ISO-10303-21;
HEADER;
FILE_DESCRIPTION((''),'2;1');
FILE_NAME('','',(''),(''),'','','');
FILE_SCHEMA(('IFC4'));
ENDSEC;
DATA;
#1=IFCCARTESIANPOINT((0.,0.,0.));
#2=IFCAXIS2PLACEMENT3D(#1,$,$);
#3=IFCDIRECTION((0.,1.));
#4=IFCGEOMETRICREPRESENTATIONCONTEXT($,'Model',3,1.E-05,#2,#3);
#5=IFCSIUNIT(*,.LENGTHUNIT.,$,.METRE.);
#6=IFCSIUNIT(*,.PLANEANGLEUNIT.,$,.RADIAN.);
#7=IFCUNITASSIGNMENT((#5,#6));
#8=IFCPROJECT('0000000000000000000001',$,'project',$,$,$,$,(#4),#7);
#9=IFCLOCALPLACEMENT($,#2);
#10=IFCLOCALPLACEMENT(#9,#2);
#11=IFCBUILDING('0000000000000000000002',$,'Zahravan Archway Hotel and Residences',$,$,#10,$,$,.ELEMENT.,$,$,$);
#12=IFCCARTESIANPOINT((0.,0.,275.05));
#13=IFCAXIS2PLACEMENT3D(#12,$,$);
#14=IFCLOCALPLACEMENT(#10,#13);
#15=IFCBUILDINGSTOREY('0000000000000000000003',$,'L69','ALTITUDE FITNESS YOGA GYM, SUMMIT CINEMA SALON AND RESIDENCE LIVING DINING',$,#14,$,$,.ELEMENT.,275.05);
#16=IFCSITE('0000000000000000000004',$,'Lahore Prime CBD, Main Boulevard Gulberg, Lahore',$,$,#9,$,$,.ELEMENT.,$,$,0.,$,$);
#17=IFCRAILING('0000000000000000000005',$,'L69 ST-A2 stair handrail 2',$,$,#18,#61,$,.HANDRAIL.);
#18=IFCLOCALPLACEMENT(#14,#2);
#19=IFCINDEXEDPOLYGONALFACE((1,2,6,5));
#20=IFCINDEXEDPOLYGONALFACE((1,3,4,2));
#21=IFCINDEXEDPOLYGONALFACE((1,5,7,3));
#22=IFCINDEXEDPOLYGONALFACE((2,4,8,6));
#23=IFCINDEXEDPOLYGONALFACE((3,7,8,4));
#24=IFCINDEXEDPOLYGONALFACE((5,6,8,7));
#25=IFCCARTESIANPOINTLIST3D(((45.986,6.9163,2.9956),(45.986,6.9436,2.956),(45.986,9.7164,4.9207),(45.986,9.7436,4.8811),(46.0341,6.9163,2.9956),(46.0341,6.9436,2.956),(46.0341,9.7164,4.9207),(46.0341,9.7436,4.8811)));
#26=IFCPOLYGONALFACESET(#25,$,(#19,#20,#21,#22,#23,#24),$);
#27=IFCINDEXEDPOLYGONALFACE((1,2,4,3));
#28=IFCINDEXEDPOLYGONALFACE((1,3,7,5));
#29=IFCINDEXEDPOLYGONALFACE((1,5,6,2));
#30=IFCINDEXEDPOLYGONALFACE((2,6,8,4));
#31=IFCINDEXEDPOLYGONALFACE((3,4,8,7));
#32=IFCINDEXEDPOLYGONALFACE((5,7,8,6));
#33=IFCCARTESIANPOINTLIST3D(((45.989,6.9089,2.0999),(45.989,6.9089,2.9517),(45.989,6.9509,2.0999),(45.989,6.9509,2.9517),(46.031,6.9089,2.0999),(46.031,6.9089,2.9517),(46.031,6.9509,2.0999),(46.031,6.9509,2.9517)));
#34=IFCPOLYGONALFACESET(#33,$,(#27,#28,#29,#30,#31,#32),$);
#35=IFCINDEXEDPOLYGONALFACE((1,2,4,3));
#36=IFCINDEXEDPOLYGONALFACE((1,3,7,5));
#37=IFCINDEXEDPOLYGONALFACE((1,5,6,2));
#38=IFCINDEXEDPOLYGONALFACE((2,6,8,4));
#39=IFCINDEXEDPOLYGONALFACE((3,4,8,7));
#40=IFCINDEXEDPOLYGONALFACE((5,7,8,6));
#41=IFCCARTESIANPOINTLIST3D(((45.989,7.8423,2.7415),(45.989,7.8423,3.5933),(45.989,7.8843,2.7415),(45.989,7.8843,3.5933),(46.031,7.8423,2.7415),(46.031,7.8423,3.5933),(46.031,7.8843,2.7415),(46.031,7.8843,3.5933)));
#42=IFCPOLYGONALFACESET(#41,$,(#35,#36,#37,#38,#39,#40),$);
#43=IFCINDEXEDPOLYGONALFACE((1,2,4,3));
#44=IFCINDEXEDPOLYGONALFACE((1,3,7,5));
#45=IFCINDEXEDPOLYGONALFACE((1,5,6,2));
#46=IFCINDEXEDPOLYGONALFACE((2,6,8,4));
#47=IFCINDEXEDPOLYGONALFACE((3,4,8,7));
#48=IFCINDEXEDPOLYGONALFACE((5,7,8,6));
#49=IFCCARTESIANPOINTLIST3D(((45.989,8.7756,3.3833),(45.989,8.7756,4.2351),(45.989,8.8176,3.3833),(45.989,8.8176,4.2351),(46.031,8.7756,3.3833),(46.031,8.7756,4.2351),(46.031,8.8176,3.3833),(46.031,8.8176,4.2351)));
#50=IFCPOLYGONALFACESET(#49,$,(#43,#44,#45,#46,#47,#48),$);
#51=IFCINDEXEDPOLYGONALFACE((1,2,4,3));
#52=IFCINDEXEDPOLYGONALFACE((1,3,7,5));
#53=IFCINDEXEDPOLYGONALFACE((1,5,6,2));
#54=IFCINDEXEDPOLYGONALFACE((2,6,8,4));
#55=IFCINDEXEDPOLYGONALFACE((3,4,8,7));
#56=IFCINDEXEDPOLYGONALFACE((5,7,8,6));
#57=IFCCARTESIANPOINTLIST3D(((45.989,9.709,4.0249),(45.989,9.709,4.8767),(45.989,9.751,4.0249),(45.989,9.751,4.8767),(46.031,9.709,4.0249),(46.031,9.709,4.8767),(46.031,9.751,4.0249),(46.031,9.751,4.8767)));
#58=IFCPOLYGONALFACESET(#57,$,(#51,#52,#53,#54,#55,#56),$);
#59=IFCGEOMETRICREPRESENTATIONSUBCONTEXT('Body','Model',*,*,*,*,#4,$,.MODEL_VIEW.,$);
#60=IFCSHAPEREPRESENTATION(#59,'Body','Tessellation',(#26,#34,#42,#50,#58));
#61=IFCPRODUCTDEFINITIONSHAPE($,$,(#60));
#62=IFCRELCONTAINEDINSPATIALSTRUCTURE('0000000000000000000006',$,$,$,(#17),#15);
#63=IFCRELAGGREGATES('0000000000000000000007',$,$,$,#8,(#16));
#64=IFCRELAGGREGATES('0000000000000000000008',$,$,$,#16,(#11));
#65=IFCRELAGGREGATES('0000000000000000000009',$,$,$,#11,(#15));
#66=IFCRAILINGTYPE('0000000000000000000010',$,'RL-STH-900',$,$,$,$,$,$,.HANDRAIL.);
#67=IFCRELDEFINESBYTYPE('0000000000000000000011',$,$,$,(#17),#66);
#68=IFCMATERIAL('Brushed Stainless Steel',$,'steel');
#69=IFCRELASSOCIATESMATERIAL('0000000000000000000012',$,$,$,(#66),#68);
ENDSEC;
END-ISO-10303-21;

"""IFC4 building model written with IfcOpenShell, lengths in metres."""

from ifc_helpers import new_model, si_unit, direction, frame, origin, origin_2d, place, context, subcontext, project, spatial, rectangle, extrude, material, type_object, element, save


model = new_model("IFC4")

# Units and contexts
model_context = context("Model", 3, precision=1e-05, world=origin(), true_north=direction((0.0, 1.0)))
body_context = subcontext(model_context, "Body", "Model", "MODEL_VIEW")
ifc_project = project(units=[si_unit("LENGTHUNIT", "METRE"), si_unit("PLANEANGLEUNIT", "RADIAN")], contexts=[model_context])

# Site, building, storey
site_placement = place(None, origin())
site = spatial("IfcSite", under=ifc_project, at=site_placement, Name="Lahore Prime CBD, Main Boulevard Gulberg, Lahore", CompositionType="ELEMENT", RefElevation=0.0)
building_placement = place(site_placement, origin())
building = spatial("IfcBuilding", under=site, at=building_placement, Name="Zahravan Archway Hotel and Residences", CompositionType="ELEMENT")
storey_placement = place(building_placement, frame((0.0, 0.0, 275.05)))
storey = spatial("IfcBuildingStorey", under=building, at=storey_placement, Name="L69", Description="ALTITUDE FITNESS YOGA GYM, SUMMIT CINEMA SALON AND RESIDENCE LIVING DINING", CompositionType="ELEMENT", Elevation=275.05)

# Railing
ifc_material_1 = material(Name="Brushed Stainless Steel", Category="steel")
railing_type_1 = type_object("IfcRailingType", Name="RL-STH-900", PredefinedType="HANDRAIL", material=ifc_material_1)
for number, where, name in (
    (1, (46.01, 6.9299, 2.0999), "L69 ST-A2 stair handrail 2"),
):
    element("IfcRailing", number, at=place(storey_placement, frame(where)), inside=storey, type_object=railing_type_1, Name=name, PredefinedType="HANDRAIL", context=body_context, shape_type="SweptSolid", body=[
        extrude(rectangle(XDim=0.0481, YDim=0.0481, at=origin_2d()), frame((0.0, 0.0, 0.876), z_axis=(0.0, 0.82404, 0.566532), x_axis=(-1.0, 0.0, 0.0)), (0.0, 0.0, 1.0), 3.3979),
        extrude(rectangle(XDim=0.042, YDim=0.042, at=origin_2d()), origin(), (0.0, 0.0, 1.0), 0.8518),
        extrude(rectangle(XDim=0.042, YDim=0.042, at=origin_2d()), frame((0.0, 0.9333, 0.6416)), (0.0, 0.0, 1.0), 0.8518),
        extrude(rectangle(XDim=0.042, YDim=0.042, at=origin_2d()), frame((0.0, 1.8667, 1.2834)), (0.0, 0.0, 1.0), 0.8518),
        extrude(rectangle(XDim=0.042, YDim=0.042, at=origin_2d()), frame((0.0, 2.8, 1.925)), (0.0, 0.0, 1.0), 0.8518),
    ])

save(model, "model.ifc")
